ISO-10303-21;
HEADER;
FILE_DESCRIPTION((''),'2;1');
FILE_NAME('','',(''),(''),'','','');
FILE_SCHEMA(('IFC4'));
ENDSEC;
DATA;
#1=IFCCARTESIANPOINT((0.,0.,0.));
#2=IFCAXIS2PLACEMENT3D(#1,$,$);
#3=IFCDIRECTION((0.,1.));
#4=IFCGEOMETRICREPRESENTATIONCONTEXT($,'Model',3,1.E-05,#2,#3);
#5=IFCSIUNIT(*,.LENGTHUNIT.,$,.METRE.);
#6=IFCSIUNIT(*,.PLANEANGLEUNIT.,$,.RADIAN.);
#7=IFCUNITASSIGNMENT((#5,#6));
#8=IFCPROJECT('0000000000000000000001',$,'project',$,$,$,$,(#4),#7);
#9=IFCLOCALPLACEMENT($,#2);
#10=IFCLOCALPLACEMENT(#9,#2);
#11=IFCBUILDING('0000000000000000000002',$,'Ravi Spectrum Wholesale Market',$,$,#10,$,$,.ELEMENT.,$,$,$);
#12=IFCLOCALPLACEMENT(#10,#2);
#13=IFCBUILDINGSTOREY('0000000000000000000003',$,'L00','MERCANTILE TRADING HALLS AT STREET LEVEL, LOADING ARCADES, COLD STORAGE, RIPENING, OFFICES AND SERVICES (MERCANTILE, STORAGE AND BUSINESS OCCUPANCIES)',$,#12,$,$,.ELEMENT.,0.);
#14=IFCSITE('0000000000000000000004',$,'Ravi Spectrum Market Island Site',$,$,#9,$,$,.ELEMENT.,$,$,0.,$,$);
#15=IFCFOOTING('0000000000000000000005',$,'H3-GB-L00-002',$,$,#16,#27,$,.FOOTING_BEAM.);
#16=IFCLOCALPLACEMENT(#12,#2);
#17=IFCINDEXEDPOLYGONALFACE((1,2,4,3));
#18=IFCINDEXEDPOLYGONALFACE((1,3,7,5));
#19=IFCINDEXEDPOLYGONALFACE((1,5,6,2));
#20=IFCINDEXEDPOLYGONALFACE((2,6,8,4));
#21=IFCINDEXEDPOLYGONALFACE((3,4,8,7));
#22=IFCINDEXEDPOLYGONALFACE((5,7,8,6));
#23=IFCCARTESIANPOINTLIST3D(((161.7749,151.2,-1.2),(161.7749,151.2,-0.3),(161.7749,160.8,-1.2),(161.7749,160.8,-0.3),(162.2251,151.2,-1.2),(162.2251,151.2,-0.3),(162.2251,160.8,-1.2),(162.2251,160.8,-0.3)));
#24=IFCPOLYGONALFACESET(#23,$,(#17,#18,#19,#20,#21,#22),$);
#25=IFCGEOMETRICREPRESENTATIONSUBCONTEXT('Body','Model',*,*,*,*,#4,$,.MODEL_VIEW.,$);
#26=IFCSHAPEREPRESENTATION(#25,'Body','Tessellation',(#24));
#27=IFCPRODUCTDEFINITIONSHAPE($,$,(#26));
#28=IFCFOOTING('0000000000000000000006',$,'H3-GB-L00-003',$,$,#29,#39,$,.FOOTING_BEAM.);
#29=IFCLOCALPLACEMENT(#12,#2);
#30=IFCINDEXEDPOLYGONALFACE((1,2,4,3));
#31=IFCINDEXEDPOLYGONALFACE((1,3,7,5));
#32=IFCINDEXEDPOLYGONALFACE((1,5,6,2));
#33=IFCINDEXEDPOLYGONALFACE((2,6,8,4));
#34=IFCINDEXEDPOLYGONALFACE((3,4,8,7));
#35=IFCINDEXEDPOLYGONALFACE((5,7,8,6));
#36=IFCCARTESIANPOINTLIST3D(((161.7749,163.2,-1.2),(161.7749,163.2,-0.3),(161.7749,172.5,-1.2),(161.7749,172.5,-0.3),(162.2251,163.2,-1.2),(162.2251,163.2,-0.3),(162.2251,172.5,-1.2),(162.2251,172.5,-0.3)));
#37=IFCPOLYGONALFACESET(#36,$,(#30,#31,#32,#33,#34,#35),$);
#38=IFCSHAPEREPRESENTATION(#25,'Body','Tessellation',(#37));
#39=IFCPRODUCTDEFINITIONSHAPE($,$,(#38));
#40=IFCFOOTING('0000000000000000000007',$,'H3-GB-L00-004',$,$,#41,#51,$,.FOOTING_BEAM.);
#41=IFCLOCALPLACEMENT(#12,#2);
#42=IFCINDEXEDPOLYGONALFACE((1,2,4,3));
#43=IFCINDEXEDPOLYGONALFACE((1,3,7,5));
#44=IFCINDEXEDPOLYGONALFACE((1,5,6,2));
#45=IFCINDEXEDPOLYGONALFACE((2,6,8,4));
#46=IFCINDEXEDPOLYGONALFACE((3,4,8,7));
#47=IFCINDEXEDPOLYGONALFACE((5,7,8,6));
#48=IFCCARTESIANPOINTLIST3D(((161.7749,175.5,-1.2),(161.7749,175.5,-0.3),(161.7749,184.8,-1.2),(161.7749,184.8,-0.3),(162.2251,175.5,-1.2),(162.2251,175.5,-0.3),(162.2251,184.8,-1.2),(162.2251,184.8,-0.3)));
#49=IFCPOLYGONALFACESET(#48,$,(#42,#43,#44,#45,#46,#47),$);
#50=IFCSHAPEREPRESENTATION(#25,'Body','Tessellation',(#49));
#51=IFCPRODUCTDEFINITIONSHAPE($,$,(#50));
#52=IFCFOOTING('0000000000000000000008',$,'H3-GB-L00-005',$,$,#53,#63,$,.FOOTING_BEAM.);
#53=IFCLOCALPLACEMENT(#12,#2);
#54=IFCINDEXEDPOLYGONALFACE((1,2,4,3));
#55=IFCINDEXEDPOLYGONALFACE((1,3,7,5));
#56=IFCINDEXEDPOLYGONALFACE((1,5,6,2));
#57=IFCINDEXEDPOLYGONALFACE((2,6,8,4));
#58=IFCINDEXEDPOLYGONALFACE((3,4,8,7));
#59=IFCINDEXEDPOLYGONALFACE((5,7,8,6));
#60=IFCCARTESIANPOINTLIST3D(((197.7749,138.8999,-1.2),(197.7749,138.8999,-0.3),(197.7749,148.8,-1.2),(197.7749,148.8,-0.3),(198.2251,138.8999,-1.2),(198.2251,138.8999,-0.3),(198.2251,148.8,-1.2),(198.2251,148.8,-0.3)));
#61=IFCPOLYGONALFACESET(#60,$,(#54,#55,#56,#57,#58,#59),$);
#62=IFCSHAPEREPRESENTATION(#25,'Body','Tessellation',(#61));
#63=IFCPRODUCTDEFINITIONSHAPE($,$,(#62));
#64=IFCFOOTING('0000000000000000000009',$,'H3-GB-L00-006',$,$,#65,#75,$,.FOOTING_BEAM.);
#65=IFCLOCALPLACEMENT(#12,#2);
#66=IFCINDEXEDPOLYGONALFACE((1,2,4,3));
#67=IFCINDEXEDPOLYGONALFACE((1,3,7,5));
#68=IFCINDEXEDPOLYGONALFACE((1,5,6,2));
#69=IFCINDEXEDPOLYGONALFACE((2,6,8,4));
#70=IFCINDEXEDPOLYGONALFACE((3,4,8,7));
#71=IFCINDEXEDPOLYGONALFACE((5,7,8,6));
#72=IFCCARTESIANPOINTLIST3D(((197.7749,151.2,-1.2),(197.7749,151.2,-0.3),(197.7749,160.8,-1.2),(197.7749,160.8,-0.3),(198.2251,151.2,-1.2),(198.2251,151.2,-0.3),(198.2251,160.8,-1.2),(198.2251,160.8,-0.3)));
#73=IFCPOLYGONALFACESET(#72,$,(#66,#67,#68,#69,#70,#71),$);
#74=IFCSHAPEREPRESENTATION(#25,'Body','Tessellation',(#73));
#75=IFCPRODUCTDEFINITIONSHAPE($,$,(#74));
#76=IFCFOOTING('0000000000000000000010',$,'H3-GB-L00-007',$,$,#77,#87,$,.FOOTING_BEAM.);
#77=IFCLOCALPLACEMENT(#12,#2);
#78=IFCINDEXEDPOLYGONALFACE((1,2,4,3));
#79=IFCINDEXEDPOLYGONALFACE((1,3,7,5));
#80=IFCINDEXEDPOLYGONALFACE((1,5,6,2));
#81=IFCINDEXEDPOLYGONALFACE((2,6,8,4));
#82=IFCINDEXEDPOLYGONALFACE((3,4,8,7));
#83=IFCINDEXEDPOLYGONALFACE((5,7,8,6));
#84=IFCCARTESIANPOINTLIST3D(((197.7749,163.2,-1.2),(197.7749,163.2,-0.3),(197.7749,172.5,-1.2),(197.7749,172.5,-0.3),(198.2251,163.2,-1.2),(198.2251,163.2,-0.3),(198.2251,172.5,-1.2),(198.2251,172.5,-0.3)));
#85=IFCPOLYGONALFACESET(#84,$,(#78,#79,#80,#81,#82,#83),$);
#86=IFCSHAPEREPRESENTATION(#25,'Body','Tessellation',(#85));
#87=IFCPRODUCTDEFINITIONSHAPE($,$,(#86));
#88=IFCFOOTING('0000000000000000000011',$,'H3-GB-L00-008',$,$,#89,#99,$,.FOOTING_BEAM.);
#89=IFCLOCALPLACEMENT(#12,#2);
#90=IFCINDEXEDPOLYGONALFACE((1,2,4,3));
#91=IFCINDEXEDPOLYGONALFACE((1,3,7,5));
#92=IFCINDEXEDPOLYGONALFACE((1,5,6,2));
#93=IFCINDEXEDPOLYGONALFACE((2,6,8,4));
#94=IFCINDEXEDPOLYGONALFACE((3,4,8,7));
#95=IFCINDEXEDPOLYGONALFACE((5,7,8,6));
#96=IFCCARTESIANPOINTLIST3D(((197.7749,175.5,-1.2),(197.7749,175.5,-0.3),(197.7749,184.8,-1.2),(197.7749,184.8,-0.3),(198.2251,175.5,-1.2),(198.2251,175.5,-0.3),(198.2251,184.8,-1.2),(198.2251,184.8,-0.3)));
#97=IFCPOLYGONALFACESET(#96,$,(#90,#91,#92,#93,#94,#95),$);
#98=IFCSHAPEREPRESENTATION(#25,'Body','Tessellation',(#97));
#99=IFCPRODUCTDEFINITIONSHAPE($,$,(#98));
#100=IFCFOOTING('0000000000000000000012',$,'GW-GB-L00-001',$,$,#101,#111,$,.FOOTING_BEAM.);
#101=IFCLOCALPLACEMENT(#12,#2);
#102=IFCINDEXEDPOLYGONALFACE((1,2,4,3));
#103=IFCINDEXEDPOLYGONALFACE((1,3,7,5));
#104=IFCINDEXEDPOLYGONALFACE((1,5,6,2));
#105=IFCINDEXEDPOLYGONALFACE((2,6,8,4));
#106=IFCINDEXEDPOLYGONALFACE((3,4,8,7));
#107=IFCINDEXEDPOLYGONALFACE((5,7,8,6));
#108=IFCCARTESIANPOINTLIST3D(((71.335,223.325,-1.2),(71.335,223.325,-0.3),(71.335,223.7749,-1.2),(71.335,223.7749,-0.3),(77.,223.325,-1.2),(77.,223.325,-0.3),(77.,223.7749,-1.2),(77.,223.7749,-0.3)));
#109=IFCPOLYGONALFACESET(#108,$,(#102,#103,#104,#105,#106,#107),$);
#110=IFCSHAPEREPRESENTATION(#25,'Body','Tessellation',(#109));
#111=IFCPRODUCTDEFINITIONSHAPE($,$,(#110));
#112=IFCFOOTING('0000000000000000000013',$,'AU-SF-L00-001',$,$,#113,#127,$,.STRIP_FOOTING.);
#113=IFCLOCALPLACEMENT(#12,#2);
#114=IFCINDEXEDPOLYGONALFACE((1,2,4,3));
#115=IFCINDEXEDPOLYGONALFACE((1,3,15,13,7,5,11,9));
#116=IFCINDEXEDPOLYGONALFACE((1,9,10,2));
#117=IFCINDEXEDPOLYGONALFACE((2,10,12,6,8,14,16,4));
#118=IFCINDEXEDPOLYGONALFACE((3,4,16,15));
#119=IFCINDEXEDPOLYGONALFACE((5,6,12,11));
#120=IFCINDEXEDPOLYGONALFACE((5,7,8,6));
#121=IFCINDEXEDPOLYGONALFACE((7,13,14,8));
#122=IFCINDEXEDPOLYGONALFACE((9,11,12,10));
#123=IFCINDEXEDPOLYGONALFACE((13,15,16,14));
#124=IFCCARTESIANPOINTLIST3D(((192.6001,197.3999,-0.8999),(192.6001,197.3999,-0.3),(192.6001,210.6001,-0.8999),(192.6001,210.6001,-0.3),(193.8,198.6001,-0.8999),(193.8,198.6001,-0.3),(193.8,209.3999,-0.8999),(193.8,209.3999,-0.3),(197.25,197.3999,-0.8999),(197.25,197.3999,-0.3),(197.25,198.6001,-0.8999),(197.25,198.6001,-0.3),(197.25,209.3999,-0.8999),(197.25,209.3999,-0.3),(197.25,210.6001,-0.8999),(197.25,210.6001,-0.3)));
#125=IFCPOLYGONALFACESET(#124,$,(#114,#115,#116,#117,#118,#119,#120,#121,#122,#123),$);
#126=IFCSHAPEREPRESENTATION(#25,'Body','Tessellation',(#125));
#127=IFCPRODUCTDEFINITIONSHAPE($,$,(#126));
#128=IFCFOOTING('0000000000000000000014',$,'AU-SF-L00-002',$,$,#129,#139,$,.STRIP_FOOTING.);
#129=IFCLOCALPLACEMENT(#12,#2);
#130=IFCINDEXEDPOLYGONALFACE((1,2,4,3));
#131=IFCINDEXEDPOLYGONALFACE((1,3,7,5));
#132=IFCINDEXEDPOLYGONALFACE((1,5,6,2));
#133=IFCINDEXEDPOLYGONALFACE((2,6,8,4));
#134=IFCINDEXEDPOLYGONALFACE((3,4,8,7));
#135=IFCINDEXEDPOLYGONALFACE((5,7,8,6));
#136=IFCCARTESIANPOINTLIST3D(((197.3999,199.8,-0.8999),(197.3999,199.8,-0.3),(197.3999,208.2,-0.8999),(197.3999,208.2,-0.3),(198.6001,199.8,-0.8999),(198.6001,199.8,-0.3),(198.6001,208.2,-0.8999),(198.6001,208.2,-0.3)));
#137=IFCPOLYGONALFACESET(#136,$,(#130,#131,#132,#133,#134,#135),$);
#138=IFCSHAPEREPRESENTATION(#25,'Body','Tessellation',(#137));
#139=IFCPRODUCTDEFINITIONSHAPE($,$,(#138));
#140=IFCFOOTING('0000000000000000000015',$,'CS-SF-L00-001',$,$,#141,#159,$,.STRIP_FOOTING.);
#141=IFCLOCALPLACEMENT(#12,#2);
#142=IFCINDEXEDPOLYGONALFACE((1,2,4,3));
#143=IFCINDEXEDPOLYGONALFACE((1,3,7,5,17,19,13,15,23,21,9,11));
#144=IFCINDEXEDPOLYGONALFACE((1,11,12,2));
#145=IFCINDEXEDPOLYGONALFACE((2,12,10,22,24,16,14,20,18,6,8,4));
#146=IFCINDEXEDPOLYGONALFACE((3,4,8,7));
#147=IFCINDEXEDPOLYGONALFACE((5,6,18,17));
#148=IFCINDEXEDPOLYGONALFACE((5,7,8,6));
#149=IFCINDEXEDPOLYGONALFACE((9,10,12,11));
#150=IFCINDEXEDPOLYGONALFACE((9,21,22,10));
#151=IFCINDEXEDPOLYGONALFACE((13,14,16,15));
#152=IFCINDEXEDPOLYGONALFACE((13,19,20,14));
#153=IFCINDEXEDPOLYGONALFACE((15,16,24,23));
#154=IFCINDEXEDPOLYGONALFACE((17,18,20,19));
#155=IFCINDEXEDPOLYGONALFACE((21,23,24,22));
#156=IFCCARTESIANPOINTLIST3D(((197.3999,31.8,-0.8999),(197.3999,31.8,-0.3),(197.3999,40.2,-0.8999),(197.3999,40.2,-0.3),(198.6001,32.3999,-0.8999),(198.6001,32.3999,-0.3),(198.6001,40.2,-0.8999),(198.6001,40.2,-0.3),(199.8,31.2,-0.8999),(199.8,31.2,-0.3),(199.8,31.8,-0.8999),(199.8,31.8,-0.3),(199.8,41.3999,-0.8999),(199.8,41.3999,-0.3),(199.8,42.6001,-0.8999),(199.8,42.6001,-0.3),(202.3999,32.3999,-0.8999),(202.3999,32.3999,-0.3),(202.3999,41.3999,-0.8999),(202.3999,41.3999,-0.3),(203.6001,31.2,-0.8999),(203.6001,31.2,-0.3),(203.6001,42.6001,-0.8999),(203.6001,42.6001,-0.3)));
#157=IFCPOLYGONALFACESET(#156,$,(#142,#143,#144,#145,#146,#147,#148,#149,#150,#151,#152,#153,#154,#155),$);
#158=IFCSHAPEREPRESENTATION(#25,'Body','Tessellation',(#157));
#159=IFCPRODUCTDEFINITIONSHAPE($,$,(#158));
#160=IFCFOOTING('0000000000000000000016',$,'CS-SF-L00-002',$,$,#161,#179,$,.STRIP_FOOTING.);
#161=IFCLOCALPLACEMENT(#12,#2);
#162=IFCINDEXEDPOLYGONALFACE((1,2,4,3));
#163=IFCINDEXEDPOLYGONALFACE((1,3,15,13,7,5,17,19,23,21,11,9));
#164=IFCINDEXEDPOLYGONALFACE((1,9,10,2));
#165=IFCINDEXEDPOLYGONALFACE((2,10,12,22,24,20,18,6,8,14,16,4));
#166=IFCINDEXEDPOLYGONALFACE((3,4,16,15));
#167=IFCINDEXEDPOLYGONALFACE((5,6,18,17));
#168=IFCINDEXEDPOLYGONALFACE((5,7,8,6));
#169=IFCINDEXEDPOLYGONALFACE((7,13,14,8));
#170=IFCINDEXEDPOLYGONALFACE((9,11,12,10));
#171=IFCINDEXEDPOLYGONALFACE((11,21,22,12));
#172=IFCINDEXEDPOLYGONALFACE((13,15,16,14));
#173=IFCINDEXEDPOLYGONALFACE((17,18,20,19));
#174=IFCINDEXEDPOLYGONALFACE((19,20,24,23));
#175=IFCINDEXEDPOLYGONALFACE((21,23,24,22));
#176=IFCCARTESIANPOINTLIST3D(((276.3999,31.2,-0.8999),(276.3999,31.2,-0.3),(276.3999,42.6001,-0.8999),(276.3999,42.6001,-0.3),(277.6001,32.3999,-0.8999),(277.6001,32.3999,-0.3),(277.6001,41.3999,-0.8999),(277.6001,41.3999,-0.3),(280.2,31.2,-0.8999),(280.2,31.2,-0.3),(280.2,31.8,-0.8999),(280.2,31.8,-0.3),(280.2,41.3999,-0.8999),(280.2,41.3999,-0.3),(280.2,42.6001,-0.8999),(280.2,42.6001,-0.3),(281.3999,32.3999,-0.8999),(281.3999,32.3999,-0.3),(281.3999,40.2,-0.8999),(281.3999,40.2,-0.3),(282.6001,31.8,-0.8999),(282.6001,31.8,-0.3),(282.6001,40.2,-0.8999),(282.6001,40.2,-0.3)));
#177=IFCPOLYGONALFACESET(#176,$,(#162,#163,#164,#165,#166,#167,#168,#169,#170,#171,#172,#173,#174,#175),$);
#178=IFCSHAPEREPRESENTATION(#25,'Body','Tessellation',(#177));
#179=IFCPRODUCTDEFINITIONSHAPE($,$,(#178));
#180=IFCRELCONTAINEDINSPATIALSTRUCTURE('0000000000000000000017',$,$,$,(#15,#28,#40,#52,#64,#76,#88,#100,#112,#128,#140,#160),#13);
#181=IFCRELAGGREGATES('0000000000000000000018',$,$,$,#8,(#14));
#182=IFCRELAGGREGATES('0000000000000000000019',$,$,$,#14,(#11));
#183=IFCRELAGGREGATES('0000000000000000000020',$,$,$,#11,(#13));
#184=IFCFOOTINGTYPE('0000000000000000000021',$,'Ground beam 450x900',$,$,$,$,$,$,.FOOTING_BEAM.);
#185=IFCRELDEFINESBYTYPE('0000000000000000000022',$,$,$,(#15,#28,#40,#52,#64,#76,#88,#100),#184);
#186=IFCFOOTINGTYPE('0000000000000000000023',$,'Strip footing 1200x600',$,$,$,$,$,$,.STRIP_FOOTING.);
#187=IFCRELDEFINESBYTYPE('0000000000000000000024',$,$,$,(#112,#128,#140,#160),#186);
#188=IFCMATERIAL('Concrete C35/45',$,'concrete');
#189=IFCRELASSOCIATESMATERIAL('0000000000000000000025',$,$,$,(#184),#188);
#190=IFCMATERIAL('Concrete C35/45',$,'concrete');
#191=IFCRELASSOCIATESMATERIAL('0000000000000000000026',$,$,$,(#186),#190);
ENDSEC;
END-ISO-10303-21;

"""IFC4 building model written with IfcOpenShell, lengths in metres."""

from ifc_helpers import new_model, si_unit, direction, frame, origin, place, context, subcontext, project, spatial, polyline, outline, extrude, material, type_object, element, save


model = new_model("IFC4")

# Units and contexts
model_context = context("Model", 3, precision=1e-05, world=origin(), true_north=direction((0.0, 1.0)))
body_context = subcontext(model_context, "Body", "Model", "MODEL_VIEW")
ifc_project = project(units=[si_unit("LENGTHUNIT", "METRE"), si_unit("PLANEANGLEUNIT", "RADIAN")], contexts=[model_context])

# Site, building, storey
site_placement = place(None, origin())
site = spatial("IfcSite", under=ifc_project, at=site_placement, Name="Ravi Spectrum Market Island Site", CompositionType="ELEMENT", RefElevation=0.0)
building_placement = place(site_placement, origin())
building = spatial("IfcBuilding", under=site, at=building_placement, Name="Ravi Spectrum Wholesale Market", CompositionType="ELEMENT")
storey_placement = place(building_placement, origin())
storey = spatial("IfcBuildingStorey", under=building, at=storey_placement, Name="L00", Description="MERCANTILE TRADING HALLS AT STREET LEVEL, LOADING ARCADES, COLD STORAGE, RIPENING, OFFICES AND SERVICES (MERCANTILE, STORAGE AND BUSINESS OCCUPANCIES)", CompositionType="ELEMENT", Elevation=0.0)

# Footings
ifc_material_1 = material(Name="Concrete C35/45", Category="concrete")
footing_type_1 = type_object("IfcFootingType", Name="Ground beam 450x900", PredefinedType="FOOTING_BEAM", material=ifc_material_1)
footing_1_placement = place(storey_placement, frame((0.0, 0.0, -1.2)))
element("IfcFooting", 1, at=footing_1_placement, inside=storey, type_object=footing_type_1, Name="H3-GB-L00-002", PredefinedType="FOOTING_BEAM", context=body_context, shape_type="SweptSolid", body=[
    extrude(outline(polyline([(161.7749, 151.2), (161.7749, 160.8), (162.2251, 160.8), (162.2251, 151.2), (161.7749, 151.2)])), origin(), (0.0, 0.0, 1.0), 0.8999),
])
footing_2_placement = place(storey_placement, frame((0.0, 0.0, -1.2)))
element("IfcFooting", 2, at=footing_2_placement, inside=storey, type_object=footing_type_1, Name="H3-GB-L00-003", PredefinedType="FOOTING_BEAM", context=body_context, shape_type="SweptSolid", body=[
    extrude(outline(polyline([(161.7749, 163.2), (161.7749, 172.5), (162.2251, 172.5), (162.2251, 163.2), (161.7749, 163.2)])), origin(), (0.0, 0.0, 1.0), 0.8999),
])
footing_3_placement = place(storey_placement, frame((0.0, 0.0, -1.2)))
element("IfcFooting", 3, at=footing_3_placement, inside=storey, type_object=footing_type_1, Name="H3-GB-L00-004", PredefinedType="FOOTING_BEAM", context=body_context, shape_type="SweptSolid", body=[
    extrude(outline(polyline([(161.7749, 175.5), (161.7749, 184.8), (162.2251, 184.8), (162.2251, 175.5), (161.7749, 175.5)])), origin(), (0.0, 0.0, 1.0), 0.8999),
])
footing_4_placement = place(storey_placement, frame((0.0, 0.0, -1.2)))
element("IfcFooting", 4, at=footing_4_placement, inside=storey, type_object=footing_type_1, Name="H3-GB-L00-005", PredefinedType="FOOTING_BEAM", context=body_context, shape_type="SweptSolid", body=[
    extrude(outline(polyline([(197.7749, 138.8999), (197.7749, 148.8), (198.2251, 148.8), (198.2251, 138.8999), (197.7749, 138.8999)])), origin(), (0.0, 0.0, 1.0), 0.8999),
])
footing_5_placement = place(storey_placement, frame((0.0, 0.0, -1.2)))
element("IfcFooting", 5, at=footing_5_placement, inside=storey, type_object=footing_type_1, Name="H3-GB-L00-006", PredefinedType="FOOTING_BEAM", context=body_context, shape_type="SweptSolid", body=[
    extrude(outline(polyline([(197.7749, 151.2), (197.7749, 160.8), (198.2251, 160.8), (198.2251, 151.2), (197.7749, 151.2)])), origin(), (0.0, 0.0, 1.0), 0.8999),
])
footing_6_placement = place(storey_placement, frame((0.0, 0.0, -1.2)))
element("IfcFooting", 6, at=footing_6_placement, inside=storey, type_object=footing_type_1, Name="H3-GB-L00-007", PredefinedType="FOOTING_BEAM", context=body_context, shape_type="SweptSolid", body=[
    extrude(outline(polyline([(197.7749, 163.2), (197.7749, 172.5), (198.2251, 172.5), (198.2251, 163.2), (197.7749, 163.2)])), origin(), (0.0, 0.0, 1.0), 0.8999),
])
footing_7_placement = place(storey_placement, frame((0.0, 0.0, -1.2)))
element("IfcFooting", 7, at=footing_7_placement, inside=storey, type_object=footing_type_1, Name="H3-GB-L00-008", PredefinedType="FOOTING_BEAM", context=body_context, shape_type="SweptSolid", body=[
    extrude(outline(polyline([(197.7749, 175.5), (197.7749, 184.8), (198.2251, 184.8), (198.2251, 175.5), (197.7749, 175.5)])), origin(), (0.0, 0.0, 1.0), 0.8999),
])
footing_8_placement = place(storey_placement, frame((0.0, 0.0, -1.2)))
element("IfcFooting", 8, at=footing_8_placement, inside=storey, type_object=footing_type_1, Name="GW-GB-L00-001", PredefinedType="FOOTING_BEAM", context=body_context, shape_type="SweptSolid", body=[
    extrude(outline(polyline([(71.335, 223.7749), (77.0, 223.7749), (77.0, 223.325), (71.335, 223.325), (71.335, 223.7749)])), origin(), (0.0, 0.0, 1.0), 0.8999),
])
ifc_material_2 = material(Name="Concrete C35/45", Category="concrete")
footing_type_2 = type_object("IfcFootingType", Name="Strip footing 1200x600", PredefinedType="STRIP_FOOTING", material=ifc_material_2)
footing_9_placement = place(storey_placement, frame((0.0, 0.0, -0.8999)))
element("IfcFooting", 9, at=footing_9_placement, inside=storey, type_object=footing_type_2, Name="AU-SF-L00-001", PredefinedType="STRIP_FOOTING", context=body_context, shape_type="SweptSolid", body=[
    extrude(outline(polyline([(192.6001, 210.6001), (197.25, 210.6001), (197.25, 209.3999), (193.8, 209.3999), (193.8, 198.6001), (197.25, 198.6001), (197.25, 197.3999), (192.6001, 197.3999), (192.6001, 210.6001)])), origin(), (0.0, 0.0, 1.0), 0.5999),
])
footing_10_placement = place(storey_placement, frame((0.0, 0.0, -0.8999)))
element("IfcFooting", 10, at=footing_10_placement, inside=storey, type_object=footing_type_2, Name="AU-SF-L00-002", PredefinedType="STRIP_FOOTING", context=body_context, shape_type="SweptSolid", body=[
    extrude(outline(polyline([(198.6001, 199.8), (197.3999, 199.8), (197.3999, 208.2), (198.6001, 208.2), (198.6001, 199.8)])), origin(), (0.0, 0.0, 1.0), 0.5999),
])
footing_11_placement = place(storey_placement, frame((0.0, 0.0, -0.8999)))
element("IfcFooting", 11, at=footing_11_placement, inside=storey, type_object=footing_type_2, Name="CS-SF-L00-001", PredefinedType="STRIP_FOOTING", context=body_context, shape_type="SweptSolid", body=[
    extrude(outline(polyline([(197.3999, 40.2), (198.6001, 40.2), (198.6001, 32.3999), (202.3999, 32.3999), (202.3999, 41.3999), (199.8, 41.3999), (199.8, 42.6001), (203.6001, 42.6001), (203.6001, 31.2), (199.8, 31.2), (199.8, 31.8), (197.3999, 31.8), (197.3999, 40.2)])), origin(), (0.0, 0.0, 1.0), 0.5999),
])
footing_12_placement = place(storey_placement, frame((0.0, 0.0, -0.8999)))
element("IfcFooting", 12, at=footing_12_placement, inside=storey, type_object=footing_type_2, Name="CS-SF-L00-002", PredefinedType="STRIP_FOOTING", context=body_context, shape_type="SweptSolid", body=[
    extrude(outline(polyline([(276.3999, 42.6001), (280.2, 42.6001), (280.2, 41.3999), (277.6001, 41.3999), (277.6001, 32.3999), (281.3999, 32.3999), (281.3999, 40.2), (282.6001, 40.2), (282.6001, 31.8), (280.2, 31.8), (280.2, 31.2), (276.3999, 31.2), (276.3999, 42.6001)])), origin(), (0.0, 0.0, 1.0), 0.5999),
])

save(model, "model.ifc")
